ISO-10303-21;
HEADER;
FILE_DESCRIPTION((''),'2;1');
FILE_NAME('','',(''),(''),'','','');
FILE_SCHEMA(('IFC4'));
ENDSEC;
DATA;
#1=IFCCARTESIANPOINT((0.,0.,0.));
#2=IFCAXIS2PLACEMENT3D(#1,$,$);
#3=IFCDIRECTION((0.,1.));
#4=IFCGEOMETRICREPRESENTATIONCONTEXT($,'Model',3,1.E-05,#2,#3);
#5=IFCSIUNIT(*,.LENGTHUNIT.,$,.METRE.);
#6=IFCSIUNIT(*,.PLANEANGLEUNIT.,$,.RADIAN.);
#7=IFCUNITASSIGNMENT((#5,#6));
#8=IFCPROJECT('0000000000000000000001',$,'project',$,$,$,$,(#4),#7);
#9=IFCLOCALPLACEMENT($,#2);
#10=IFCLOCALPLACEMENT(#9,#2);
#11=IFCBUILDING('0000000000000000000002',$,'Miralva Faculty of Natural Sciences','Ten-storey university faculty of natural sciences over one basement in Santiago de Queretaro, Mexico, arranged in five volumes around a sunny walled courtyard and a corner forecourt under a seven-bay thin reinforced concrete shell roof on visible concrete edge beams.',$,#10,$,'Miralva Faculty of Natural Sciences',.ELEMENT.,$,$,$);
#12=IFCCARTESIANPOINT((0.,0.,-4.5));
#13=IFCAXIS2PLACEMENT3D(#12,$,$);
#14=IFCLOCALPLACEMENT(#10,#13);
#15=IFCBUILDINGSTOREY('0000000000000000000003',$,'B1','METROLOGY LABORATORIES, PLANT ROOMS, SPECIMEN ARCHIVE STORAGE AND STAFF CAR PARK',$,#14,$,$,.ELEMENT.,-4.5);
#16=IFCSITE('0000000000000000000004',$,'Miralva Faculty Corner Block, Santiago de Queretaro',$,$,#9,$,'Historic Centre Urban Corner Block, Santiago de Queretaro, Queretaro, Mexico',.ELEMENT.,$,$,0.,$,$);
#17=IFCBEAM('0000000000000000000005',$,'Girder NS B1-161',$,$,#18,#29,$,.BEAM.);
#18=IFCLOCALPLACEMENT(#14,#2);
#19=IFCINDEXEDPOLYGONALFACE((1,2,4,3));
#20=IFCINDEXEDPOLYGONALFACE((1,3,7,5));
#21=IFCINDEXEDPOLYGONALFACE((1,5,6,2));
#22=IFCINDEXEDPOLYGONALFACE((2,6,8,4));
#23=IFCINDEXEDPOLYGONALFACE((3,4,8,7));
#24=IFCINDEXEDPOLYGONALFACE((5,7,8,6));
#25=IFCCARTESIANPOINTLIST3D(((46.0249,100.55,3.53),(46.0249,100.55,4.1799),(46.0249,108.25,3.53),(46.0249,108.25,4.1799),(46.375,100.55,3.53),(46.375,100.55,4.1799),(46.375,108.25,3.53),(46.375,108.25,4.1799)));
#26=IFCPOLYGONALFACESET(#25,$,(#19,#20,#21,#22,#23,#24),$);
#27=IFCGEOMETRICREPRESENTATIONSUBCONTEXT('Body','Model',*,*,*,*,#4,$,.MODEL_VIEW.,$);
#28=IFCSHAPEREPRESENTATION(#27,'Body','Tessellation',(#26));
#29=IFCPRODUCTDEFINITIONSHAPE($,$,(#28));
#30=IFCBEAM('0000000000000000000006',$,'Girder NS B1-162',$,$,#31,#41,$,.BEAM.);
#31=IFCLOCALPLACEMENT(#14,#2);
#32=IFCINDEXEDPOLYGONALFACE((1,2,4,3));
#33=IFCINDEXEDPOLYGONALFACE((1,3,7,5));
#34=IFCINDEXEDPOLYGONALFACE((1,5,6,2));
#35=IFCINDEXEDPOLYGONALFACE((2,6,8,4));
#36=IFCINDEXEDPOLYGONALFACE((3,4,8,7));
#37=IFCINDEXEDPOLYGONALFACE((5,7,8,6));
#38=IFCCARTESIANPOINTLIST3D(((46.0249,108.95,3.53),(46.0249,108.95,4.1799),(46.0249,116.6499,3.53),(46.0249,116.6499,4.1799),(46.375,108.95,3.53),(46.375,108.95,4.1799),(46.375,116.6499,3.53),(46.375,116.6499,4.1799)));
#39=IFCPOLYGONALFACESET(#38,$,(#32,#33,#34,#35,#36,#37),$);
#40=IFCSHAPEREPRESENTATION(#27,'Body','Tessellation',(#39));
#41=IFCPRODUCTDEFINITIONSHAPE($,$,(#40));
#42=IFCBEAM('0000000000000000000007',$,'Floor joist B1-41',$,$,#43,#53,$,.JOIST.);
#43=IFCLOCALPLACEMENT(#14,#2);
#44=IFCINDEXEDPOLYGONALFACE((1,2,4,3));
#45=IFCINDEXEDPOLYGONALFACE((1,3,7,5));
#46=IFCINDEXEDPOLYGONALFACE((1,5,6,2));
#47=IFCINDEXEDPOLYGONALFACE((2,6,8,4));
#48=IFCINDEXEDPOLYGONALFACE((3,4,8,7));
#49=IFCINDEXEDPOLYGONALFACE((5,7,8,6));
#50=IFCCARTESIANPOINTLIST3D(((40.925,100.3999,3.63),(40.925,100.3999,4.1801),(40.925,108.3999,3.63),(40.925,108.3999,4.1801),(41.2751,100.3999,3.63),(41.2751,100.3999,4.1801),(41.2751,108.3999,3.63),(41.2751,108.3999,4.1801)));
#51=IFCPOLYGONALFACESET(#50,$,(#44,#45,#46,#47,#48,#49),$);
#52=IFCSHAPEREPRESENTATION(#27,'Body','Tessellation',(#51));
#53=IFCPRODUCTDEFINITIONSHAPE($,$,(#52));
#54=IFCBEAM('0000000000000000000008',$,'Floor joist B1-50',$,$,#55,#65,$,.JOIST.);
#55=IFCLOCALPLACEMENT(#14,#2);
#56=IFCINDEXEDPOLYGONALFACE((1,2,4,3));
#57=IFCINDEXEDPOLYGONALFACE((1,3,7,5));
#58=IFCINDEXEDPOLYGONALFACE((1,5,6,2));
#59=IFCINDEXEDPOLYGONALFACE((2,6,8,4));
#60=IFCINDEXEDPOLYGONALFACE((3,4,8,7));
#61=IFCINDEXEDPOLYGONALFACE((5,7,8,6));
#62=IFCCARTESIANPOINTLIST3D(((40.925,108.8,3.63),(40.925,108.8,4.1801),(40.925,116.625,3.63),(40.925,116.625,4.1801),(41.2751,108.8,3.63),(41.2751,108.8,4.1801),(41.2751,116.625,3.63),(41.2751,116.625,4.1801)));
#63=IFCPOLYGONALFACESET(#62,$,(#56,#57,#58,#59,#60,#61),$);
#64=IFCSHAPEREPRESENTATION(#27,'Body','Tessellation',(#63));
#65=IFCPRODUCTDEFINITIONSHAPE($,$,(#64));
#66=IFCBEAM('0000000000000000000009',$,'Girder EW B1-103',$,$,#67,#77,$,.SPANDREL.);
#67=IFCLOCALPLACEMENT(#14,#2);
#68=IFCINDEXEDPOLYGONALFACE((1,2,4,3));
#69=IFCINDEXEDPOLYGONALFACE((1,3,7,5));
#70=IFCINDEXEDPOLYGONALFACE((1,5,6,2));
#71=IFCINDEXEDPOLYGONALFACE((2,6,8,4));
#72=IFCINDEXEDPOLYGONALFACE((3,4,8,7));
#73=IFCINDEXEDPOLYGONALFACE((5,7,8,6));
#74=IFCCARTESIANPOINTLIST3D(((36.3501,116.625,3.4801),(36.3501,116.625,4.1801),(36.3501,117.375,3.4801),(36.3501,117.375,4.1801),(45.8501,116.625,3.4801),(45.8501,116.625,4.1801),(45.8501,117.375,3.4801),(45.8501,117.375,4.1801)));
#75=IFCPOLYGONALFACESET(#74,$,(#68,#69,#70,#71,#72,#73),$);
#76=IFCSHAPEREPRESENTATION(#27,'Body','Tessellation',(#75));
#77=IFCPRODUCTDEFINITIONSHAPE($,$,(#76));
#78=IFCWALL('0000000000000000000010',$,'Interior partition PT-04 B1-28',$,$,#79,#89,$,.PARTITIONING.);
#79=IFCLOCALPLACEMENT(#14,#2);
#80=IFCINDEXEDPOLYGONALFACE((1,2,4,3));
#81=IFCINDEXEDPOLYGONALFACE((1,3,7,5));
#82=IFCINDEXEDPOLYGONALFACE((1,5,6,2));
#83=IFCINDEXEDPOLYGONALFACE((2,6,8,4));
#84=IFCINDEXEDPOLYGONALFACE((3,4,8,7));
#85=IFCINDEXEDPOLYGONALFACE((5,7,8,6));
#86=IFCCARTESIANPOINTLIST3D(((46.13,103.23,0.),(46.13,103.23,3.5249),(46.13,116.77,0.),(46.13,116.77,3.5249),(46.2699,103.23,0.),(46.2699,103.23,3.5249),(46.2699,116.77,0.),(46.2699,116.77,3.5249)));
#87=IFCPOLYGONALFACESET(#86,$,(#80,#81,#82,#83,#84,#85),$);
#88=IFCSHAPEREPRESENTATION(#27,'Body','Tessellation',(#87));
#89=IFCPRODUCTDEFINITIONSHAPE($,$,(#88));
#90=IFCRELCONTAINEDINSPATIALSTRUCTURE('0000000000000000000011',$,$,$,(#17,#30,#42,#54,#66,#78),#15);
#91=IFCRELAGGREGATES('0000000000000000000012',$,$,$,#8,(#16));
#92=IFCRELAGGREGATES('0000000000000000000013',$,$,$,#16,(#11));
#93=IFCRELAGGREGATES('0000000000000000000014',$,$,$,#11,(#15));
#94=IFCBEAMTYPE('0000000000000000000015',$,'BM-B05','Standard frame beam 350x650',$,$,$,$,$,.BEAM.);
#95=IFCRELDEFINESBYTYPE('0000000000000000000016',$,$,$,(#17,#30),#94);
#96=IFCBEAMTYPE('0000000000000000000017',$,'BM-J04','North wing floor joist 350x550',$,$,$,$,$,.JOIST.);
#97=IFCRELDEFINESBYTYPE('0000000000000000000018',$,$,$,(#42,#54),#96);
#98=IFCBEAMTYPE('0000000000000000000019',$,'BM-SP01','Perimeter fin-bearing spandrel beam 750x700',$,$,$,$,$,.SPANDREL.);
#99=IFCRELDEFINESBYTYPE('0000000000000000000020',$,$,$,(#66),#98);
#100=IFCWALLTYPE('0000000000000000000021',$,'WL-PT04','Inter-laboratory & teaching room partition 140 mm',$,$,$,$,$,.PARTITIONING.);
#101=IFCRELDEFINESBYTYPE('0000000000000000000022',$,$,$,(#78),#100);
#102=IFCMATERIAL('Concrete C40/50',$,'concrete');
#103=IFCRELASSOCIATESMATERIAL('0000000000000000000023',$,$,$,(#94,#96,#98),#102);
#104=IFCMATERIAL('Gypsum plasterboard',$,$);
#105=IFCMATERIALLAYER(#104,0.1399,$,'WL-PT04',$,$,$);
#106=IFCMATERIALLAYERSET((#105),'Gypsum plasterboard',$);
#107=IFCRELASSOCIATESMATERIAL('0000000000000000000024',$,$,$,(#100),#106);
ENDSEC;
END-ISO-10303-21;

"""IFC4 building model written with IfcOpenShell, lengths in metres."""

from ifc_helpers import new_model, si_unit, direction, frame, frame_2d, origin, origin_2d, place, context, subcontext, project, spatial, rectangle, extrude, material, layer, layer_set, material_profile, profile_set, type_object, element, save


model = new_model("IFC4")

# Units and contexts
model_context = context("Model", 3, precision=1e-05, world=origin(), true_north=direction((0.0, 1.0)))
body_context = subcontext(model_context, "Body", "Model", "MODEL_VIEW")
ifc_project = project(units=[si_unit("LENGTHUNIT", "METRE"), si_unit("PLANEANGLEUNIT", "RADIAN")], contexts=[model_context])

# Site, building, storey
site_placement = place(None, origin())
site = spatial("IfcSite", under=ifc_project, at=site_placement, Name="Miralva Faculty Corner Block, Santiago de Queretaro", LongName="Historic Centre Urban Corner Block, Santiago de Queretaro, Queretaro, Mexico", CompositionType="ELEMENT", RefElevation=0.0)
building_placement = place(site_placement, origin())
building = spatial("IfcBuilding", under=site, at=building_placement, Name="Miralva Faculty of Natural Sciences", Description="Ten-storey university faculty of natural sciences over one basement in Santiago de Queretaro, Mexico, arranged in five volumes around a sunny walled courtyard and a corner forecourt under a seven-bay thin reinforced concrete shell roof on visible concrete edge beams.", LongName="Miralva Faculty of Natural Sciences", CompositionType="ELEMENT")
storey_placement = place(building_placement, frame((0.0, 0.0, -4.5)))
storey = spatial("IfcBuildingStorey", under=building, at=storey_placement, Name="B1", Description="METROLOGY LABORATORIES, PLANT ROOMS, SPECIMEN ARCHIVE STORAGE AND STAFF CAR PARK", CompositionType="ELEMENT", Elevation=-4.5)

# Shared definitions
ifc_material_1 = material(Name="Concrete C40/50", Category="concrete")

# Beams
ifc_material_profile_1 = material_profile(ifc_material_1, rectangle(XDim=0.3501, YDim=0.6499, at=origin_2d()), Name="RC 350x650")
ifc_profile_set_1 = profile_set([ifc_material_profile_1], Name="Concrete C40/50")
beam_type_1 = type_object("IfcBeamType", Name="BM-B05", Description="Standard frame beam 350x650", PredefinedType="BEAM", material=ifc_profile_set_1)
for number, where, z_axis, x_axis, name in (
    (1, (46.2, 100.55, 3.855), (0.0, 1.0, 0.0), (-1.0, 0.0, 0.0), "Girder NS B1-161"),
    (2, (46.2, 108.95, 3.855), (0.0, 1.0, 0.0), (-1.0, 0.0, 0.0), "Girder NS B1-162"),
):
    element("IfcBeam", number, at=place(storey_placement, frame(where, z_axis=z_axis, x_axis=x_axis)), inside=storey, type_object=beam_type_1, Name=name, PredefinedType="BEAM", context=body_context, shape_type="SweptSolid", body=[
        extrude(rectangle(XDim=0.3501, YDim=0.6499, at=origin_2d()), origin(), (0.0, 0.0, 1.0), 7.7),
    ])
ifc_material_profile_2 = material_profile(ifc_material_1, rectangle(XDim=0.3501, YDim=0.55, at=origin_2d()), Name="RC 350x550")
ifc_profile_set_2 = profile_set([ifc_material_profile_2], Name="Concrete C40/50")
beam_type_2 = type_object("IfcBeamType", Name="BM-J04", Description="North wing floor joist 350x550", PredefinedType="JOIST", material=ifc_profile_set_2)
beam_1_placement = place(storey_placement, frame((41.1001, 100.3999, 3.905), z_axis=(0.0, 1.0, 0.0), x_axis=(-1.0, 0.0, 0.0)))
element("IfcBeam", 3, at=beam_1_placement, inside=storey, type_object=beam_type_2, Name="Floor joist B1-41", PredefinedType="JOIST", context=body_context, shape_type="SweptSolid", body=[
    extrude(rectangle(XDim=0.3501, YDim=0.55, at=origin_2d()), origin(), (0.0, 0.0, 1.0), 8.0),
])
beam_2_placement = place(storey_placement, frame((41.1001, 108.8, 3.905), z_axis=(0.0, 1.0, 0.0), x_axis=(-1.0, 0.0, 0.0)))
element("IfcBeam", 4, at=beam_2_placement, inside=storey, type_object=beam_type_2, Name="Floor joist B1-50", PredefinedType="JOIST", context=body_context, shape_type="SweptSolid", body=[
    extrude(rectangle(XDim=0.3501, YDim=0.55, at=origin_2d()), origin(), (0.0, 0.0, 1.0), 7.825),
])
ifc_material_profile_3 = material_profile(ifc_material_1, rectangle(XDim=0.75, YDim=0.7, at=origin_2d()), Name="RC 750x700")
ifc_profile_set_3 = profile_set([ifc_material_profile_3], Name="Concrete C40/50")
beam_type_3 = type_object("IfcBeamType", Name="BM-SP01", Description="Perimeter fin-bearing spandrel beam 750x700", PredefinedType="SPANDREL", material=ifc_profile_set_3)
beam_3_placement = place(storey_placement, frame((36.3501, 117.0, 3.8301), z_axis=(1.0, 0.0, 0.0), x_axis=(0.0, 1.0, 0.0)))
element("IfcBeam", 5, at=beam_3_placement, inside=storey, type_object=beam_type_3, Name="Girder EW B1-103", PredefinedType="SPANDREL", context=body_context, shape_type="SweptSolid", body=[
    extrude(rectangle(XDim=0.75, YDim=0.7, at=origin_2d()), origin(), (0.0, 0.0, 1.0), 9.5),
])

# Wall
ifc_material_2 = material(Name="Gypsum plasterboard")
ifc_layer_1 = layer(ifc_material_2, 0.1399, Name="WL-PT04")
ifc_layer_set_1 = layer_set([ifc_layer_1], Name="Gypsum plasterboard")
wall_type = type_object("IfcWallType", Name="WL-PT04", Description="Inter-laboratory & teaching room partition 140 mm", PredefinedType="PARTITIONING", material=ifc_layer_set_1)
wall_placement = place(storey_placement, frame((46.2, 103.23, 0.0), z_axis=(0.0, 0.0, 1.0), x_axis=(0.0, 1.0, 0.0)))
element("IfcWall", 6, at=wall_placement, inside=storey, type_object=wall_type, Name="Interior partition PT-04 B1-28", PredefinedType="PARTITIONING", context=body_context, shape_type="SweptSolid", body=[
    extrude(rectangle(XDim=13.54, YDim=0.1399, at=frame_2d((6.77, 0.0))), origin(), (0.0, 0.0, 1.0), 3.5249),
])

save(model, "model.ifc")
